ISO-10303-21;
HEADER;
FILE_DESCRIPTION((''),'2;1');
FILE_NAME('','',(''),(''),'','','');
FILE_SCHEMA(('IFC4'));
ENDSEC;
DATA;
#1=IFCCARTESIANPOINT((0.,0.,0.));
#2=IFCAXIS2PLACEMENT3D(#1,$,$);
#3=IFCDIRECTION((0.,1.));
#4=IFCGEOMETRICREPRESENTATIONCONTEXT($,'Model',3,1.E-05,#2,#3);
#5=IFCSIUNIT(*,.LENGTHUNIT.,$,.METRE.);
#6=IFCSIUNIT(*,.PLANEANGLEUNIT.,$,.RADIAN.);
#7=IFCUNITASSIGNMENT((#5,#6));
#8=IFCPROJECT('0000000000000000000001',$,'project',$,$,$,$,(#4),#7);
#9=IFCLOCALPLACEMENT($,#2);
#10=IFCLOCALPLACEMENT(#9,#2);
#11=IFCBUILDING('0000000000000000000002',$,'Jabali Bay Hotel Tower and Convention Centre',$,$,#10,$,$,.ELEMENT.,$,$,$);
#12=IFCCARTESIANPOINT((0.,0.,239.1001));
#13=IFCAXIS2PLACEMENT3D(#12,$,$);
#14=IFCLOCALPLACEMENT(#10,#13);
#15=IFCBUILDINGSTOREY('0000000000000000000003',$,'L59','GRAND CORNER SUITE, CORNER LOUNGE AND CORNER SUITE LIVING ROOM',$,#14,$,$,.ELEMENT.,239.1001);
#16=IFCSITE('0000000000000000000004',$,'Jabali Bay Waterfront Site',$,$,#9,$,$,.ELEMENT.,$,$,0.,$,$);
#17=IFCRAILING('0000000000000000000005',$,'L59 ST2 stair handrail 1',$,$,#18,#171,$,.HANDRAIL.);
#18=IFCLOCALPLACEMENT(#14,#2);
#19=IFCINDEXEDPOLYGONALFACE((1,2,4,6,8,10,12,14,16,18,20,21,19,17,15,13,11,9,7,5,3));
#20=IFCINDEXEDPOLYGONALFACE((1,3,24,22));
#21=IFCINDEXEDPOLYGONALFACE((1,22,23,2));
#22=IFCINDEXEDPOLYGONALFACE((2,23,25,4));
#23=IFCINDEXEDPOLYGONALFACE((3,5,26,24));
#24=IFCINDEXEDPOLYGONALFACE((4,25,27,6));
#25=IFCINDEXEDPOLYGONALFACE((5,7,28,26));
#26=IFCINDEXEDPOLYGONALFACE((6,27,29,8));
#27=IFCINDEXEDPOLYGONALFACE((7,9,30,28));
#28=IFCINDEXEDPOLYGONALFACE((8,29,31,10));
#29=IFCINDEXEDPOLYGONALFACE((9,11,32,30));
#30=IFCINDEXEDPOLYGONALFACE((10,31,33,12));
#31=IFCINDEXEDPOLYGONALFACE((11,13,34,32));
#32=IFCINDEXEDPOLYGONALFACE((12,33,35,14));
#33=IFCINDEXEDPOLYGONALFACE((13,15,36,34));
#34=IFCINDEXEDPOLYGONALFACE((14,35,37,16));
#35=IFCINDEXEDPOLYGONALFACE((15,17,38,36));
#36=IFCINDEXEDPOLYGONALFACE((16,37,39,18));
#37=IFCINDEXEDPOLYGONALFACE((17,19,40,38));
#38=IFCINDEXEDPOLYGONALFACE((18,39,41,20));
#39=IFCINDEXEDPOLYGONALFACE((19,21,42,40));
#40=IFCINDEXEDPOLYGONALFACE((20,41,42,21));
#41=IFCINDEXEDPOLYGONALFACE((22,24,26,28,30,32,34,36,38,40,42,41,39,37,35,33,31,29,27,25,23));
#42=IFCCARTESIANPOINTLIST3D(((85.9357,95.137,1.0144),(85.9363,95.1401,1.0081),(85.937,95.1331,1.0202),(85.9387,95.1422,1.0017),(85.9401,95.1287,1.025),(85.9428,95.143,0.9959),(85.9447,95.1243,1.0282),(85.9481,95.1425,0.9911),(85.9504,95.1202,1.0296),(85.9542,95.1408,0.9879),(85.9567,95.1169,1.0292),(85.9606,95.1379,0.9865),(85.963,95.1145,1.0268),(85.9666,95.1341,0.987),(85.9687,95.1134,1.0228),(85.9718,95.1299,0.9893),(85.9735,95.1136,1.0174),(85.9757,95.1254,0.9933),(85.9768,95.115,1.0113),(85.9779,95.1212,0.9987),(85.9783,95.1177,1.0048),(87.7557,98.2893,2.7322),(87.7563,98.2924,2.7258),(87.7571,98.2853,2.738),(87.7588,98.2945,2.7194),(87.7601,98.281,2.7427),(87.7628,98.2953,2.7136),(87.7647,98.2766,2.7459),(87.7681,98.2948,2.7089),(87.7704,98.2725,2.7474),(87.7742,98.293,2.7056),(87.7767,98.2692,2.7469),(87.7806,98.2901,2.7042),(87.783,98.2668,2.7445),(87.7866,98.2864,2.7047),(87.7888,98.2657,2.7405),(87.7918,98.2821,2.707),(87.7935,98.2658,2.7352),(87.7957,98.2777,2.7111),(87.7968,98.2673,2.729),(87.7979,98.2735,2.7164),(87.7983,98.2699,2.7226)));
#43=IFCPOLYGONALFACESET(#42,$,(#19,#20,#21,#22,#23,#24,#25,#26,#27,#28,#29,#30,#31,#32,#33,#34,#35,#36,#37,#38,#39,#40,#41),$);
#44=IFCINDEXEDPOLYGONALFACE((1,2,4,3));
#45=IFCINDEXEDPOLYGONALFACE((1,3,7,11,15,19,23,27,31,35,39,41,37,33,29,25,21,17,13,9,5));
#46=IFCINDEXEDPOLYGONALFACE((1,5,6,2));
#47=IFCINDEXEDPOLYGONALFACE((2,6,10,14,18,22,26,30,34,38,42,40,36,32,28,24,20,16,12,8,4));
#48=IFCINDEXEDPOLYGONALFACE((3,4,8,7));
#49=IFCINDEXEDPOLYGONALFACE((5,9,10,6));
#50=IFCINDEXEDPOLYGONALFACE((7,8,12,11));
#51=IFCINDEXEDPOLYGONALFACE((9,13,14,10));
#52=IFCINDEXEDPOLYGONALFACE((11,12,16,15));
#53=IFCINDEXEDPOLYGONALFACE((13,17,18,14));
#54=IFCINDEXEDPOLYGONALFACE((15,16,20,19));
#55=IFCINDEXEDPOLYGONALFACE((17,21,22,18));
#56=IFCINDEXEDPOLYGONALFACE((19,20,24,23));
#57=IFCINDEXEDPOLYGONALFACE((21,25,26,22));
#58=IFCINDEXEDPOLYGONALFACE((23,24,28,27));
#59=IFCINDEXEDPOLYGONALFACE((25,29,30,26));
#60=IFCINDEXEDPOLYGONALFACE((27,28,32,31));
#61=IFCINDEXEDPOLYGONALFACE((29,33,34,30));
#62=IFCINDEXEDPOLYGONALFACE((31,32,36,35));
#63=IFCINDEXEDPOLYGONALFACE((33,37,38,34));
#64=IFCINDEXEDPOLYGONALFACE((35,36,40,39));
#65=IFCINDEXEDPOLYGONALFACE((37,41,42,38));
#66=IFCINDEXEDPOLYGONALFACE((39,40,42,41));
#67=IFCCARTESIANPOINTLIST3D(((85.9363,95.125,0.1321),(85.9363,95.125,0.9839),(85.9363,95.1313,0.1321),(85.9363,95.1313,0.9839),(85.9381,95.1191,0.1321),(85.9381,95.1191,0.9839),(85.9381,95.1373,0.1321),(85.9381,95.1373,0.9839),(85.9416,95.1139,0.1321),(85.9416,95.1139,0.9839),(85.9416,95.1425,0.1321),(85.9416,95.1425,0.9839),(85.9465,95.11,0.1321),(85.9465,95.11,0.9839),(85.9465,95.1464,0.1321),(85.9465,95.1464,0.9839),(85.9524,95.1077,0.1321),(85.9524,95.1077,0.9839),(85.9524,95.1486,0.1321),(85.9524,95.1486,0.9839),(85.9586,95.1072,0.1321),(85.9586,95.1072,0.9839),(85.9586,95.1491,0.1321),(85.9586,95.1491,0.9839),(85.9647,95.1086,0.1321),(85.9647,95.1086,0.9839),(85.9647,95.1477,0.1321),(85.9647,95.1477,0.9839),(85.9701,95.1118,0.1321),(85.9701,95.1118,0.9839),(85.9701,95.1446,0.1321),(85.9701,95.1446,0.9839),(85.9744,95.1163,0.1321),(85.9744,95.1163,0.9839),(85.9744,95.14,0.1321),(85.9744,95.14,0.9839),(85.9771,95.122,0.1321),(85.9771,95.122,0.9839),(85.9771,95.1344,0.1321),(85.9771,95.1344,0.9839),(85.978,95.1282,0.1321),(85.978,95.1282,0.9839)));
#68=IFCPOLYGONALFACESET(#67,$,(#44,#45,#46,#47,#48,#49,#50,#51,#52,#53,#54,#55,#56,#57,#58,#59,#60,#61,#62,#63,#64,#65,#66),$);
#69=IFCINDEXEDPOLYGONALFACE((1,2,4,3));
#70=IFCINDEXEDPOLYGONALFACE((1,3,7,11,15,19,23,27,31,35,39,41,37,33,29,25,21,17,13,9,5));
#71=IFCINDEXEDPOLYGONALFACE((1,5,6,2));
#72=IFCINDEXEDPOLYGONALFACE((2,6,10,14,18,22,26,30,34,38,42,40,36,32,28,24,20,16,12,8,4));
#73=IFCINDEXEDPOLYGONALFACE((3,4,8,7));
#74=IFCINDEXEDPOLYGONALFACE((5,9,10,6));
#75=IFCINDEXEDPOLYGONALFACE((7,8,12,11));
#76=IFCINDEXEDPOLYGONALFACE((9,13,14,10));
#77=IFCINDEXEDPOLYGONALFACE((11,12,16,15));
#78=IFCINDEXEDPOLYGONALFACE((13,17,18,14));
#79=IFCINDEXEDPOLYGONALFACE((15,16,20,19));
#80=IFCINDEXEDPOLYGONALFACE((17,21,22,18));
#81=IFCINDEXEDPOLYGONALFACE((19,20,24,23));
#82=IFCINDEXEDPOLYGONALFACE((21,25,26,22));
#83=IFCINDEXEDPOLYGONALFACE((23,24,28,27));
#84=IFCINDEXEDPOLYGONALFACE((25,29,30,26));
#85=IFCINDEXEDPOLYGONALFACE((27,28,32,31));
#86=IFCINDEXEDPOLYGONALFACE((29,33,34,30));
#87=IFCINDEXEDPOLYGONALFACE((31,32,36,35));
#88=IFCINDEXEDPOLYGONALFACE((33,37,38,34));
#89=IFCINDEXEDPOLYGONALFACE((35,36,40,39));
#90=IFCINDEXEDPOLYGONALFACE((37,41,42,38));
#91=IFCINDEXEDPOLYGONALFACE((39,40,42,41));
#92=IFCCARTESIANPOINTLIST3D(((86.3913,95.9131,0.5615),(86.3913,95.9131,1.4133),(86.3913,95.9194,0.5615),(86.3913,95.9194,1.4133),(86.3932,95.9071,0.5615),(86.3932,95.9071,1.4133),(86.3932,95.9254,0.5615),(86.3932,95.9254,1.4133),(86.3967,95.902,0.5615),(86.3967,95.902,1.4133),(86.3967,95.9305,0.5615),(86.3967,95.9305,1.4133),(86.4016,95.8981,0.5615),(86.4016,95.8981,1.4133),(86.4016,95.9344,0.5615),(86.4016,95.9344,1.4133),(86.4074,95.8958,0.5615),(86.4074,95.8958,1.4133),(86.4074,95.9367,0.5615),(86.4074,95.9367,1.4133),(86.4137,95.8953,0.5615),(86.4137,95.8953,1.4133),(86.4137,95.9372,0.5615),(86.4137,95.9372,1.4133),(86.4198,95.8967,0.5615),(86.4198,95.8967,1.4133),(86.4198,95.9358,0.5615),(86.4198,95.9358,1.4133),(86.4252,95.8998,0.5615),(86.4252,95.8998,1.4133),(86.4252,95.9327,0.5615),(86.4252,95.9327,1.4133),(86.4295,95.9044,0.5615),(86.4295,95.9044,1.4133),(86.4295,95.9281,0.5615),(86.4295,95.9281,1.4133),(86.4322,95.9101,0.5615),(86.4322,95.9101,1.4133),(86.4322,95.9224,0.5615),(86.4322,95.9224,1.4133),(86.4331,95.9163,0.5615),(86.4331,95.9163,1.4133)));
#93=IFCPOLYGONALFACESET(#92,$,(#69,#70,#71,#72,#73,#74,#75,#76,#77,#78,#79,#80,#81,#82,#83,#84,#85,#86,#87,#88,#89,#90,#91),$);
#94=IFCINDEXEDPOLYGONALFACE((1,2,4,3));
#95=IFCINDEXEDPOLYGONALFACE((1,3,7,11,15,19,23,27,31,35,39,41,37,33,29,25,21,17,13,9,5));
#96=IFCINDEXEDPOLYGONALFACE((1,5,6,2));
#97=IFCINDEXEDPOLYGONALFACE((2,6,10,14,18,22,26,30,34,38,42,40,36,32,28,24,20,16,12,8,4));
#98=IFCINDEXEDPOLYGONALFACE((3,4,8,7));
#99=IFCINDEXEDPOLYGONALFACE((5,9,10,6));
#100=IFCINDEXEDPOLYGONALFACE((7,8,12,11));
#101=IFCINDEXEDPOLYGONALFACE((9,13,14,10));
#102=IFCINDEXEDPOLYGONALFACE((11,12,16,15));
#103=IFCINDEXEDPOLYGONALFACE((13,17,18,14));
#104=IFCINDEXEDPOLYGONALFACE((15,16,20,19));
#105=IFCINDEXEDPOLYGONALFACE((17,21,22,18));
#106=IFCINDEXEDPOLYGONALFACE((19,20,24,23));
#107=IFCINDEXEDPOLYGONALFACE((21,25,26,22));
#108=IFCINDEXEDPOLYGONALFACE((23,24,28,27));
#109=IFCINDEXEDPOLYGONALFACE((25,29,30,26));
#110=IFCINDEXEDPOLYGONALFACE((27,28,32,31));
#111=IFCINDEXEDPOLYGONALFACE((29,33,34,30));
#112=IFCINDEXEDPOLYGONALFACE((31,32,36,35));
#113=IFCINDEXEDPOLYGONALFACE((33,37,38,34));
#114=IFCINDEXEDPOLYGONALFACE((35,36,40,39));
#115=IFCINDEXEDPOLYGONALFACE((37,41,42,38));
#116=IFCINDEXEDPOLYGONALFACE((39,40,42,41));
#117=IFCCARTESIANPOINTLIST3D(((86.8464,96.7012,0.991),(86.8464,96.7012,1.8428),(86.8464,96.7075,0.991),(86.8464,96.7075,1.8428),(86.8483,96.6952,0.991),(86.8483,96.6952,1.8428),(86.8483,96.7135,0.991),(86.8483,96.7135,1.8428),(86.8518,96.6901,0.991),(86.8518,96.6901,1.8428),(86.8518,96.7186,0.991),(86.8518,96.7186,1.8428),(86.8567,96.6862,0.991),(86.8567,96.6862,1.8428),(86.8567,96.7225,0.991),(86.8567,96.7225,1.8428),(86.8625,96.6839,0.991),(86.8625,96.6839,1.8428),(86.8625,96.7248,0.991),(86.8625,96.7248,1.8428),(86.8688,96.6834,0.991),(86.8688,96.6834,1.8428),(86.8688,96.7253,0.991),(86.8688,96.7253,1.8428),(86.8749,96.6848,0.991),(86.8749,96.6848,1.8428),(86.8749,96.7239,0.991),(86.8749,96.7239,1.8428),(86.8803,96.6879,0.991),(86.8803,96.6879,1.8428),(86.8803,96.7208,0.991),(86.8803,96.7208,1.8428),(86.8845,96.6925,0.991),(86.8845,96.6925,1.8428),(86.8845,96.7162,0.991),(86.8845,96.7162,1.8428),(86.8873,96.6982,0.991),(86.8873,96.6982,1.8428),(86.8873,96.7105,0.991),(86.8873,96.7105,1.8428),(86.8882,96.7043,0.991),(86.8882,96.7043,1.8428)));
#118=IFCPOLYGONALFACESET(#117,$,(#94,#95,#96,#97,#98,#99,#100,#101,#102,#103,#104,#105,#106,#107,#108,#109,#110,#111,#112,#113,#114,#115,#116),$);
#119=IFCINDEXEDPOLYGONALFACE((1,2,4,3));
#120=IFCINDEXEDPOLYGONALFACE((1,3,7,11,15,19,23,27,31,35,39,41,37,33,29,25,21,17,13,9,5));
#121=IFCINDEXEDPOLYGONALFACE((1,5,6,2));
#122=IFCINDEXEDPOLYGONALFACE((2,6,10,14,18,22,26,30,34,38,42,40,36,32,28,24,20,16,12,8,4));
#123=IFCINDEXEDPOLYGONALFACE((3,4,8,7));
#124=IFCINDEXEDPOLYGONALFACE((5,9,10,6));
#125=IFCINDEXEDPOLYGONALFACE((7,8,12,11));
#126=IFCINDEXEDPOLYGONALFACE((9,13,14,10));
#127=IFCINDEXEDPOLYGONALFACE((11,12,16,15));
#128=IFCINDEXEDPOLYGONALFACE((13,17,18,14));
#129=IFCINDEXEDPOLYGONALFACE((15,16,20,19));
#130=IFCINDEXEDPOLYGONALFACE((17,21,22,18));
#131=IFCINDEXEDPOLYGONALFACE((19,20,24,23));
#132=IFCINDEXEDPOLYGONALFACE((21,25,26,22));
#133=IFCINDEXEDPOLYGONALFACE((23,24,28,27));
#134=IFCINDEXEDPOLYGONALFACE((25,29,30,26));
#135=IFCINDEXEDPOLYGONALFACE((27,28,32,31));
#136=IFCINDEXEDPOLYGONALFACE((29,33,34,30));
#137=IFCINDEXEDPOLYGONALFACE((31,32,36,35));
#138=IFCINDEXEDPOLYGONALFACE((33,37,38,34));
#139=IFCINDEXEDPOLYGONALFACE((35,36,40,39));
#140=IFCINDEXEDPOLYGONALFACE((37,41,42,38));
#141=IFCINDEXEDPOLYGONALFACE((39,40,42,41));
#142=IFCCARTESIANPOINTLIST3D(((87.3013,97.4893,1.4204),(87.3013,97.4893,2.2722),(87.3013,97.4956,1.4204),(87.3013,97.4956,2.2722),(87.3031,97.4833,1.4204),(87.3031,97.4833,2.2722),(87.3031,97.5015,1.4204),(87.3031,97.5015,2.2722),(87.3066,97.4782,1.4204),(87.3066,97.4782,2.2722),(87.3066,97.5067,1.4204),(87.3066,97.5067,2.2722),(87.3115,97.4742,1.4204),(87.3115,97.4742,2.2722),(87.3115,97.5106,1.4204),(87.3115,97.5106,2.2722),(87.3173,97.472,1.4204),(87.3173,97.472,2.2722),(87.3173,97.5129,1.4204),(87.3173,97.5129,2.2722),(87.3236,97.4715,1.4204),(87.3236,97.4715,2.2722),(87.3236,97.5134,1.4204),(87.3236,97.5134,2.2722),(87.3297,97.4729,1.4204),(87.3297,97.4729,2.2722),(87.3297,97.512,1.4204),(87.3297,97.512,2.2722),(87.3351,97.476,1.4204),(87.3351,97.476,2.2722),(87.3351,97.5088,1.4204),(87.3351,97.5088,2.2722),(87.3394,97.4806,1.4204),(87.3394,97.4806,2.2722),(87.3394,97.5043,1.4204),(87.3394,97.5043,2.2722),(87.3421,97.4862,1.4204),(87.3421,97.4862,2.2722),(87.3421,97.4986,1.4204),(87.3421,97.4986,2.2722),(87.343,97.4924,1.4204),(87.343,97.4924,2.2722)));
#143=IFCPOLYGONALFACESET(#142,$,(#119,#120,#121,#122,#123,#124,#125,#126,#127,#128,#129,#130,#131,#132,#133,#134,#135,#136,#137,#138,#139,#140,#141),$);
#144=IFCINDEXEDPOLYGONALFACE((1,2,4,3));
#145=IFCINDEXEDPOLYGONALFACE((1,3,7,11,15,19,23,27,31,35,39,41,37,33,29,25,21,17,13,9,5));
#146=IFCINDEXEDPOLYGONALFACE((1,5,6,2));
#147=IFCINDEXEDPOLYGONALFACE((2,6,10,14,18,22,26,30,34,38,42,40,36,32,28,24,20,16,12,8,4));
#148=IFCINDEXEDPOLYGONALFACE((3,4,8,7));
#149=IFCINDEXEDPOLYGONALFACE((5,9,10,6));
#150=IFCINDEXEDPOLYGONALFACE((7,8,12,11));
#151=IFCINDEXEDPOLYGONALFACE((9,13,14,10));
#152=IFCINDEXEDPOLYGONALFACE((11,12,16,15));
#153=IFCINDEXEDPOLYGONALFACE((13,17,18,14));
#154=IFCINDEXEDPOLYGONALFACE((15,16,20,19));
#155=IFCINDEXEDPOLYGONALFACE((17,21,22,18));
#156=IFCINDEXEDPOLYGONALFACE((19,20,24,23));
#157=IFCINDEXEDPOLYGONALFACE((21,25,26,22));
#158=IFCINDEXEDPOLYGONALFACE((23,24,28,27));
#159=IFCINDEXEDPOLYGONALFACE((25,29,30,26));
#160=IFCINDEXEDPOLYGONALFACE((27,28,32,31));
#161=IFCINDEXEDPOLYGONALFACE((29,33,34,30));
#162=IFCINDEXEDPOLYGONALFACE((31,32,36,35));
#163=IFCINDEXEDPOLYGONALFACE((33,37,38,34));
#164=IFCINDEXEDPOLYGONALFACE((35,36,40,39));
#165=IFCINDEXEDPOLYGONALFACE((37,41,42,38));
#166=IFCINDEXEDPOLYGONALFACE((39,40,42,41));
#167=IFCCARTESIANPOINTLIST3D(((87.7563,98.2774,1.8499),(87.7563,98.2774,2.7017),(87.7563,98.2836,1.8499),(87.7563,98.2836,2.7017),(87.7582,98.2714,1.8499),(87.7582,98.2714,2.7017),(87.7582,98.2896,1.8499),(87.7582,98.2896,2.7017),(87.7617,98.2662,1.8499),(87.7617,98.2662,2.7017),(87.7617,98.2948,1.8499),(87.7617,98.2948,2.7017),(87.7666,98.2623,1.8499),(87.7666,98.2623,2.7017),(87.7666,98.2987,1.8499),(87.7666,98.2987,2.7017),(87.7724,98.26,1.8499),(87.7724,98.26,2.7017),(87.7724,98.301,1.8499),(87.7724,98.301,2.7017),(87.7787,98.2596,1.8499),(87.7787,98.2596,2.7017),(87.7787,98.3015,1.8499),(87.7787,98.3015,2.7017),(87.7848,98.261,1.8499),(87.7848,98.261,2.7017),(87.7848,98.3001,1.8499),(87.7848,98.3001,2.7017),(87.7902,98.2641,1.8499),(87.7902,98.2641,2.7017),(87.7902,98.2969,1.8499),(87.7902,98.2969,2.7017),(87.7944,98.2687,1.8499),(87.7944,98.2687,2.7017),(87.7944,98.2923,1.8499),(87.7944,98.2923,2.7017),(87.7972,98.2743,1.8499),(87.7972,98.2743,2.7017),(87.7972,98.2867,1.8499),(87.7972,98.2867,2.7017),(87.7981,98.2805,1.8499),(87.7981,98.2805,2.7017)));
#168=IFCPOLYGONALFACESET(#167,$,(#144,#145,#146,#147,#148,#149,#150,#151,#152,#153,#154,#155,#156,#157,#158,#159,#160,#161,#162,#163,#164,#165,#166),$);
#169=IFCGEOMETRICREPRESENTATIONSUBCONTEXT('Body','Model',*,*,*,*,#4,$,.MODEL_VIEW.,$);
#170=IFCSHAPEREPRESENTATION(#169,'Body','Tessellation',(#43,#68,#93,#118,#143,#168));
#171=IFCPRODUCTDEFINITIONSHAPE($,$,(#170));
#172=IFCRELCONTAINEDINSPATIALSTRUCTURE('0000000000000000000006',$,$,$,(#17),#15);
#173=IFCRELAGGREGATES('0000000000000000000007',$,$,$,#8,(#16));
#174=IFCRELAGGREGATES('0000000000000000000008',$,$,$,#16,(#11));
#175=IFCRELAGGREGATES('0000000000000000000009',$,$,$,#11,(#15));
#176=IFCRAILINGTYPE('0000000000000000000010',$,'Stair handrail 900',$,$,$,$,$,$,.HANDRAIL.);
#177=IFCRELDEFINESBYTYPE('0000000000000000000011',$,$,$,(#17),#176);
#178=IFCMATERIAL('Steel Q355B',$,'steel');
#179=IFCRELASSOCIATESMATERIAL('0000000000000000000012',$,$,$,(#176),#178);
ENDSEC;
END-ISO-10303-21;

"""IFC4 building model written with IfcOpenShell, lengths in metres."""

from ifc_helpers import new_model, si_unit, direction, frame, origin, origin_2d, place, context, subcontext, project, spatial, circle, extrude, material, type_object, element, save


model = new_model("IFC4")

# Units and contexts
model_context = context("Model", 3, precision=1e-05, world=origin(), true_north=direction((0.0, 1.0)))
body_context = subcontext(model_context, "Body", "Model", "MODEL_VIEW")
ifc_project = project(units=[si_unit("LENGTHUNIT", "METRE"), si_unit("PLANEANGLEUNIT", "RADIAN")], contexts=[model_context])

# Site, building, storey
site_placement = place(None, origin())
site = spatial("IfcSite", under=ifc_project, at=site_placement, Name="Jabali Bay Waterfront Site", CompositionType="ELEMENT", RefElevation=0.0)
building_placement = place(site_placement, origin())
building = spatial("IfcBuilding", under=site, at=building_placement, Name="Jabali Bay Hotel Tower and Convention Centre", CompositionType="ELEMENT")
storey_placement = place(building_placement, frame((0.0, 0.0, 239.1001)))
storey = spatial("IfcBuildingStorey", under=building, at=storey_placement, Name="L59", Description="GRAND CORNER SUITE, CORNER LOUNGE AND CORNER SUITE LIVING ROOM", CompositionType="ELEMENT", Elevation=239.1001)

# Railing
ifc_material_1 = material(Name="Steel Q355B", Category="steel")
railing_type_1 = type_object("IfcRailingType", Name="Stair handrail 900", PredefinedType="HANDRAIL", material=ifc_material_1)
railing_1_placement = place(storey_placement, frame((85.957, 95.1282, 0.1321)))
element("IfcRailing", 1, at=railing_1_placement, inside=storey, type_object=railing_type_1, Name="L59 ST2 stair handrail 1", PredefinedType="HANDRAIL", context=body_context, shape_type="SweptSolid", body=[
    extrude(circle(Radius=0.0239, at=origin_2d()), frame((0.0, 0.0, 0.876), z_axis=(0.45219, 0.78319, 0.426775), x_axis=(-0.866018, 0.500013, 0.0)), (0.0, 0.0, 1.0), 4.0249),
    extrude(circle(Radius=0.021, at=origin_2d()), origin(), (0.0, 0.0, 1.0), 0.8518),
    extrude(circle(Radius=0.021, at=origin_2d()), frame((0.4551, 0.7881, 0.4294)), (0.0, 0.0, 1.0), 0.8518),
    extrude(circle(Radius=0.021, at=origin_2d()), frame((0.9102, 1.5762, 0.8589)), (0.0, 0.0, 1.0), 0.8518),
    extrude(circle(Radius=0.021, at=origin_2d()), frame((1.365, 2.3643, 1.2883)), (0.0, 0.0, 1.0), 0.8518),
    extrude(circle(Radius=0.021, at=origin_2d()), frame((1.8201, 3.1523, 1.7178)), (0.0, 0.0, 1.0), 0.8518),
])

save(model, "model.ifc")
